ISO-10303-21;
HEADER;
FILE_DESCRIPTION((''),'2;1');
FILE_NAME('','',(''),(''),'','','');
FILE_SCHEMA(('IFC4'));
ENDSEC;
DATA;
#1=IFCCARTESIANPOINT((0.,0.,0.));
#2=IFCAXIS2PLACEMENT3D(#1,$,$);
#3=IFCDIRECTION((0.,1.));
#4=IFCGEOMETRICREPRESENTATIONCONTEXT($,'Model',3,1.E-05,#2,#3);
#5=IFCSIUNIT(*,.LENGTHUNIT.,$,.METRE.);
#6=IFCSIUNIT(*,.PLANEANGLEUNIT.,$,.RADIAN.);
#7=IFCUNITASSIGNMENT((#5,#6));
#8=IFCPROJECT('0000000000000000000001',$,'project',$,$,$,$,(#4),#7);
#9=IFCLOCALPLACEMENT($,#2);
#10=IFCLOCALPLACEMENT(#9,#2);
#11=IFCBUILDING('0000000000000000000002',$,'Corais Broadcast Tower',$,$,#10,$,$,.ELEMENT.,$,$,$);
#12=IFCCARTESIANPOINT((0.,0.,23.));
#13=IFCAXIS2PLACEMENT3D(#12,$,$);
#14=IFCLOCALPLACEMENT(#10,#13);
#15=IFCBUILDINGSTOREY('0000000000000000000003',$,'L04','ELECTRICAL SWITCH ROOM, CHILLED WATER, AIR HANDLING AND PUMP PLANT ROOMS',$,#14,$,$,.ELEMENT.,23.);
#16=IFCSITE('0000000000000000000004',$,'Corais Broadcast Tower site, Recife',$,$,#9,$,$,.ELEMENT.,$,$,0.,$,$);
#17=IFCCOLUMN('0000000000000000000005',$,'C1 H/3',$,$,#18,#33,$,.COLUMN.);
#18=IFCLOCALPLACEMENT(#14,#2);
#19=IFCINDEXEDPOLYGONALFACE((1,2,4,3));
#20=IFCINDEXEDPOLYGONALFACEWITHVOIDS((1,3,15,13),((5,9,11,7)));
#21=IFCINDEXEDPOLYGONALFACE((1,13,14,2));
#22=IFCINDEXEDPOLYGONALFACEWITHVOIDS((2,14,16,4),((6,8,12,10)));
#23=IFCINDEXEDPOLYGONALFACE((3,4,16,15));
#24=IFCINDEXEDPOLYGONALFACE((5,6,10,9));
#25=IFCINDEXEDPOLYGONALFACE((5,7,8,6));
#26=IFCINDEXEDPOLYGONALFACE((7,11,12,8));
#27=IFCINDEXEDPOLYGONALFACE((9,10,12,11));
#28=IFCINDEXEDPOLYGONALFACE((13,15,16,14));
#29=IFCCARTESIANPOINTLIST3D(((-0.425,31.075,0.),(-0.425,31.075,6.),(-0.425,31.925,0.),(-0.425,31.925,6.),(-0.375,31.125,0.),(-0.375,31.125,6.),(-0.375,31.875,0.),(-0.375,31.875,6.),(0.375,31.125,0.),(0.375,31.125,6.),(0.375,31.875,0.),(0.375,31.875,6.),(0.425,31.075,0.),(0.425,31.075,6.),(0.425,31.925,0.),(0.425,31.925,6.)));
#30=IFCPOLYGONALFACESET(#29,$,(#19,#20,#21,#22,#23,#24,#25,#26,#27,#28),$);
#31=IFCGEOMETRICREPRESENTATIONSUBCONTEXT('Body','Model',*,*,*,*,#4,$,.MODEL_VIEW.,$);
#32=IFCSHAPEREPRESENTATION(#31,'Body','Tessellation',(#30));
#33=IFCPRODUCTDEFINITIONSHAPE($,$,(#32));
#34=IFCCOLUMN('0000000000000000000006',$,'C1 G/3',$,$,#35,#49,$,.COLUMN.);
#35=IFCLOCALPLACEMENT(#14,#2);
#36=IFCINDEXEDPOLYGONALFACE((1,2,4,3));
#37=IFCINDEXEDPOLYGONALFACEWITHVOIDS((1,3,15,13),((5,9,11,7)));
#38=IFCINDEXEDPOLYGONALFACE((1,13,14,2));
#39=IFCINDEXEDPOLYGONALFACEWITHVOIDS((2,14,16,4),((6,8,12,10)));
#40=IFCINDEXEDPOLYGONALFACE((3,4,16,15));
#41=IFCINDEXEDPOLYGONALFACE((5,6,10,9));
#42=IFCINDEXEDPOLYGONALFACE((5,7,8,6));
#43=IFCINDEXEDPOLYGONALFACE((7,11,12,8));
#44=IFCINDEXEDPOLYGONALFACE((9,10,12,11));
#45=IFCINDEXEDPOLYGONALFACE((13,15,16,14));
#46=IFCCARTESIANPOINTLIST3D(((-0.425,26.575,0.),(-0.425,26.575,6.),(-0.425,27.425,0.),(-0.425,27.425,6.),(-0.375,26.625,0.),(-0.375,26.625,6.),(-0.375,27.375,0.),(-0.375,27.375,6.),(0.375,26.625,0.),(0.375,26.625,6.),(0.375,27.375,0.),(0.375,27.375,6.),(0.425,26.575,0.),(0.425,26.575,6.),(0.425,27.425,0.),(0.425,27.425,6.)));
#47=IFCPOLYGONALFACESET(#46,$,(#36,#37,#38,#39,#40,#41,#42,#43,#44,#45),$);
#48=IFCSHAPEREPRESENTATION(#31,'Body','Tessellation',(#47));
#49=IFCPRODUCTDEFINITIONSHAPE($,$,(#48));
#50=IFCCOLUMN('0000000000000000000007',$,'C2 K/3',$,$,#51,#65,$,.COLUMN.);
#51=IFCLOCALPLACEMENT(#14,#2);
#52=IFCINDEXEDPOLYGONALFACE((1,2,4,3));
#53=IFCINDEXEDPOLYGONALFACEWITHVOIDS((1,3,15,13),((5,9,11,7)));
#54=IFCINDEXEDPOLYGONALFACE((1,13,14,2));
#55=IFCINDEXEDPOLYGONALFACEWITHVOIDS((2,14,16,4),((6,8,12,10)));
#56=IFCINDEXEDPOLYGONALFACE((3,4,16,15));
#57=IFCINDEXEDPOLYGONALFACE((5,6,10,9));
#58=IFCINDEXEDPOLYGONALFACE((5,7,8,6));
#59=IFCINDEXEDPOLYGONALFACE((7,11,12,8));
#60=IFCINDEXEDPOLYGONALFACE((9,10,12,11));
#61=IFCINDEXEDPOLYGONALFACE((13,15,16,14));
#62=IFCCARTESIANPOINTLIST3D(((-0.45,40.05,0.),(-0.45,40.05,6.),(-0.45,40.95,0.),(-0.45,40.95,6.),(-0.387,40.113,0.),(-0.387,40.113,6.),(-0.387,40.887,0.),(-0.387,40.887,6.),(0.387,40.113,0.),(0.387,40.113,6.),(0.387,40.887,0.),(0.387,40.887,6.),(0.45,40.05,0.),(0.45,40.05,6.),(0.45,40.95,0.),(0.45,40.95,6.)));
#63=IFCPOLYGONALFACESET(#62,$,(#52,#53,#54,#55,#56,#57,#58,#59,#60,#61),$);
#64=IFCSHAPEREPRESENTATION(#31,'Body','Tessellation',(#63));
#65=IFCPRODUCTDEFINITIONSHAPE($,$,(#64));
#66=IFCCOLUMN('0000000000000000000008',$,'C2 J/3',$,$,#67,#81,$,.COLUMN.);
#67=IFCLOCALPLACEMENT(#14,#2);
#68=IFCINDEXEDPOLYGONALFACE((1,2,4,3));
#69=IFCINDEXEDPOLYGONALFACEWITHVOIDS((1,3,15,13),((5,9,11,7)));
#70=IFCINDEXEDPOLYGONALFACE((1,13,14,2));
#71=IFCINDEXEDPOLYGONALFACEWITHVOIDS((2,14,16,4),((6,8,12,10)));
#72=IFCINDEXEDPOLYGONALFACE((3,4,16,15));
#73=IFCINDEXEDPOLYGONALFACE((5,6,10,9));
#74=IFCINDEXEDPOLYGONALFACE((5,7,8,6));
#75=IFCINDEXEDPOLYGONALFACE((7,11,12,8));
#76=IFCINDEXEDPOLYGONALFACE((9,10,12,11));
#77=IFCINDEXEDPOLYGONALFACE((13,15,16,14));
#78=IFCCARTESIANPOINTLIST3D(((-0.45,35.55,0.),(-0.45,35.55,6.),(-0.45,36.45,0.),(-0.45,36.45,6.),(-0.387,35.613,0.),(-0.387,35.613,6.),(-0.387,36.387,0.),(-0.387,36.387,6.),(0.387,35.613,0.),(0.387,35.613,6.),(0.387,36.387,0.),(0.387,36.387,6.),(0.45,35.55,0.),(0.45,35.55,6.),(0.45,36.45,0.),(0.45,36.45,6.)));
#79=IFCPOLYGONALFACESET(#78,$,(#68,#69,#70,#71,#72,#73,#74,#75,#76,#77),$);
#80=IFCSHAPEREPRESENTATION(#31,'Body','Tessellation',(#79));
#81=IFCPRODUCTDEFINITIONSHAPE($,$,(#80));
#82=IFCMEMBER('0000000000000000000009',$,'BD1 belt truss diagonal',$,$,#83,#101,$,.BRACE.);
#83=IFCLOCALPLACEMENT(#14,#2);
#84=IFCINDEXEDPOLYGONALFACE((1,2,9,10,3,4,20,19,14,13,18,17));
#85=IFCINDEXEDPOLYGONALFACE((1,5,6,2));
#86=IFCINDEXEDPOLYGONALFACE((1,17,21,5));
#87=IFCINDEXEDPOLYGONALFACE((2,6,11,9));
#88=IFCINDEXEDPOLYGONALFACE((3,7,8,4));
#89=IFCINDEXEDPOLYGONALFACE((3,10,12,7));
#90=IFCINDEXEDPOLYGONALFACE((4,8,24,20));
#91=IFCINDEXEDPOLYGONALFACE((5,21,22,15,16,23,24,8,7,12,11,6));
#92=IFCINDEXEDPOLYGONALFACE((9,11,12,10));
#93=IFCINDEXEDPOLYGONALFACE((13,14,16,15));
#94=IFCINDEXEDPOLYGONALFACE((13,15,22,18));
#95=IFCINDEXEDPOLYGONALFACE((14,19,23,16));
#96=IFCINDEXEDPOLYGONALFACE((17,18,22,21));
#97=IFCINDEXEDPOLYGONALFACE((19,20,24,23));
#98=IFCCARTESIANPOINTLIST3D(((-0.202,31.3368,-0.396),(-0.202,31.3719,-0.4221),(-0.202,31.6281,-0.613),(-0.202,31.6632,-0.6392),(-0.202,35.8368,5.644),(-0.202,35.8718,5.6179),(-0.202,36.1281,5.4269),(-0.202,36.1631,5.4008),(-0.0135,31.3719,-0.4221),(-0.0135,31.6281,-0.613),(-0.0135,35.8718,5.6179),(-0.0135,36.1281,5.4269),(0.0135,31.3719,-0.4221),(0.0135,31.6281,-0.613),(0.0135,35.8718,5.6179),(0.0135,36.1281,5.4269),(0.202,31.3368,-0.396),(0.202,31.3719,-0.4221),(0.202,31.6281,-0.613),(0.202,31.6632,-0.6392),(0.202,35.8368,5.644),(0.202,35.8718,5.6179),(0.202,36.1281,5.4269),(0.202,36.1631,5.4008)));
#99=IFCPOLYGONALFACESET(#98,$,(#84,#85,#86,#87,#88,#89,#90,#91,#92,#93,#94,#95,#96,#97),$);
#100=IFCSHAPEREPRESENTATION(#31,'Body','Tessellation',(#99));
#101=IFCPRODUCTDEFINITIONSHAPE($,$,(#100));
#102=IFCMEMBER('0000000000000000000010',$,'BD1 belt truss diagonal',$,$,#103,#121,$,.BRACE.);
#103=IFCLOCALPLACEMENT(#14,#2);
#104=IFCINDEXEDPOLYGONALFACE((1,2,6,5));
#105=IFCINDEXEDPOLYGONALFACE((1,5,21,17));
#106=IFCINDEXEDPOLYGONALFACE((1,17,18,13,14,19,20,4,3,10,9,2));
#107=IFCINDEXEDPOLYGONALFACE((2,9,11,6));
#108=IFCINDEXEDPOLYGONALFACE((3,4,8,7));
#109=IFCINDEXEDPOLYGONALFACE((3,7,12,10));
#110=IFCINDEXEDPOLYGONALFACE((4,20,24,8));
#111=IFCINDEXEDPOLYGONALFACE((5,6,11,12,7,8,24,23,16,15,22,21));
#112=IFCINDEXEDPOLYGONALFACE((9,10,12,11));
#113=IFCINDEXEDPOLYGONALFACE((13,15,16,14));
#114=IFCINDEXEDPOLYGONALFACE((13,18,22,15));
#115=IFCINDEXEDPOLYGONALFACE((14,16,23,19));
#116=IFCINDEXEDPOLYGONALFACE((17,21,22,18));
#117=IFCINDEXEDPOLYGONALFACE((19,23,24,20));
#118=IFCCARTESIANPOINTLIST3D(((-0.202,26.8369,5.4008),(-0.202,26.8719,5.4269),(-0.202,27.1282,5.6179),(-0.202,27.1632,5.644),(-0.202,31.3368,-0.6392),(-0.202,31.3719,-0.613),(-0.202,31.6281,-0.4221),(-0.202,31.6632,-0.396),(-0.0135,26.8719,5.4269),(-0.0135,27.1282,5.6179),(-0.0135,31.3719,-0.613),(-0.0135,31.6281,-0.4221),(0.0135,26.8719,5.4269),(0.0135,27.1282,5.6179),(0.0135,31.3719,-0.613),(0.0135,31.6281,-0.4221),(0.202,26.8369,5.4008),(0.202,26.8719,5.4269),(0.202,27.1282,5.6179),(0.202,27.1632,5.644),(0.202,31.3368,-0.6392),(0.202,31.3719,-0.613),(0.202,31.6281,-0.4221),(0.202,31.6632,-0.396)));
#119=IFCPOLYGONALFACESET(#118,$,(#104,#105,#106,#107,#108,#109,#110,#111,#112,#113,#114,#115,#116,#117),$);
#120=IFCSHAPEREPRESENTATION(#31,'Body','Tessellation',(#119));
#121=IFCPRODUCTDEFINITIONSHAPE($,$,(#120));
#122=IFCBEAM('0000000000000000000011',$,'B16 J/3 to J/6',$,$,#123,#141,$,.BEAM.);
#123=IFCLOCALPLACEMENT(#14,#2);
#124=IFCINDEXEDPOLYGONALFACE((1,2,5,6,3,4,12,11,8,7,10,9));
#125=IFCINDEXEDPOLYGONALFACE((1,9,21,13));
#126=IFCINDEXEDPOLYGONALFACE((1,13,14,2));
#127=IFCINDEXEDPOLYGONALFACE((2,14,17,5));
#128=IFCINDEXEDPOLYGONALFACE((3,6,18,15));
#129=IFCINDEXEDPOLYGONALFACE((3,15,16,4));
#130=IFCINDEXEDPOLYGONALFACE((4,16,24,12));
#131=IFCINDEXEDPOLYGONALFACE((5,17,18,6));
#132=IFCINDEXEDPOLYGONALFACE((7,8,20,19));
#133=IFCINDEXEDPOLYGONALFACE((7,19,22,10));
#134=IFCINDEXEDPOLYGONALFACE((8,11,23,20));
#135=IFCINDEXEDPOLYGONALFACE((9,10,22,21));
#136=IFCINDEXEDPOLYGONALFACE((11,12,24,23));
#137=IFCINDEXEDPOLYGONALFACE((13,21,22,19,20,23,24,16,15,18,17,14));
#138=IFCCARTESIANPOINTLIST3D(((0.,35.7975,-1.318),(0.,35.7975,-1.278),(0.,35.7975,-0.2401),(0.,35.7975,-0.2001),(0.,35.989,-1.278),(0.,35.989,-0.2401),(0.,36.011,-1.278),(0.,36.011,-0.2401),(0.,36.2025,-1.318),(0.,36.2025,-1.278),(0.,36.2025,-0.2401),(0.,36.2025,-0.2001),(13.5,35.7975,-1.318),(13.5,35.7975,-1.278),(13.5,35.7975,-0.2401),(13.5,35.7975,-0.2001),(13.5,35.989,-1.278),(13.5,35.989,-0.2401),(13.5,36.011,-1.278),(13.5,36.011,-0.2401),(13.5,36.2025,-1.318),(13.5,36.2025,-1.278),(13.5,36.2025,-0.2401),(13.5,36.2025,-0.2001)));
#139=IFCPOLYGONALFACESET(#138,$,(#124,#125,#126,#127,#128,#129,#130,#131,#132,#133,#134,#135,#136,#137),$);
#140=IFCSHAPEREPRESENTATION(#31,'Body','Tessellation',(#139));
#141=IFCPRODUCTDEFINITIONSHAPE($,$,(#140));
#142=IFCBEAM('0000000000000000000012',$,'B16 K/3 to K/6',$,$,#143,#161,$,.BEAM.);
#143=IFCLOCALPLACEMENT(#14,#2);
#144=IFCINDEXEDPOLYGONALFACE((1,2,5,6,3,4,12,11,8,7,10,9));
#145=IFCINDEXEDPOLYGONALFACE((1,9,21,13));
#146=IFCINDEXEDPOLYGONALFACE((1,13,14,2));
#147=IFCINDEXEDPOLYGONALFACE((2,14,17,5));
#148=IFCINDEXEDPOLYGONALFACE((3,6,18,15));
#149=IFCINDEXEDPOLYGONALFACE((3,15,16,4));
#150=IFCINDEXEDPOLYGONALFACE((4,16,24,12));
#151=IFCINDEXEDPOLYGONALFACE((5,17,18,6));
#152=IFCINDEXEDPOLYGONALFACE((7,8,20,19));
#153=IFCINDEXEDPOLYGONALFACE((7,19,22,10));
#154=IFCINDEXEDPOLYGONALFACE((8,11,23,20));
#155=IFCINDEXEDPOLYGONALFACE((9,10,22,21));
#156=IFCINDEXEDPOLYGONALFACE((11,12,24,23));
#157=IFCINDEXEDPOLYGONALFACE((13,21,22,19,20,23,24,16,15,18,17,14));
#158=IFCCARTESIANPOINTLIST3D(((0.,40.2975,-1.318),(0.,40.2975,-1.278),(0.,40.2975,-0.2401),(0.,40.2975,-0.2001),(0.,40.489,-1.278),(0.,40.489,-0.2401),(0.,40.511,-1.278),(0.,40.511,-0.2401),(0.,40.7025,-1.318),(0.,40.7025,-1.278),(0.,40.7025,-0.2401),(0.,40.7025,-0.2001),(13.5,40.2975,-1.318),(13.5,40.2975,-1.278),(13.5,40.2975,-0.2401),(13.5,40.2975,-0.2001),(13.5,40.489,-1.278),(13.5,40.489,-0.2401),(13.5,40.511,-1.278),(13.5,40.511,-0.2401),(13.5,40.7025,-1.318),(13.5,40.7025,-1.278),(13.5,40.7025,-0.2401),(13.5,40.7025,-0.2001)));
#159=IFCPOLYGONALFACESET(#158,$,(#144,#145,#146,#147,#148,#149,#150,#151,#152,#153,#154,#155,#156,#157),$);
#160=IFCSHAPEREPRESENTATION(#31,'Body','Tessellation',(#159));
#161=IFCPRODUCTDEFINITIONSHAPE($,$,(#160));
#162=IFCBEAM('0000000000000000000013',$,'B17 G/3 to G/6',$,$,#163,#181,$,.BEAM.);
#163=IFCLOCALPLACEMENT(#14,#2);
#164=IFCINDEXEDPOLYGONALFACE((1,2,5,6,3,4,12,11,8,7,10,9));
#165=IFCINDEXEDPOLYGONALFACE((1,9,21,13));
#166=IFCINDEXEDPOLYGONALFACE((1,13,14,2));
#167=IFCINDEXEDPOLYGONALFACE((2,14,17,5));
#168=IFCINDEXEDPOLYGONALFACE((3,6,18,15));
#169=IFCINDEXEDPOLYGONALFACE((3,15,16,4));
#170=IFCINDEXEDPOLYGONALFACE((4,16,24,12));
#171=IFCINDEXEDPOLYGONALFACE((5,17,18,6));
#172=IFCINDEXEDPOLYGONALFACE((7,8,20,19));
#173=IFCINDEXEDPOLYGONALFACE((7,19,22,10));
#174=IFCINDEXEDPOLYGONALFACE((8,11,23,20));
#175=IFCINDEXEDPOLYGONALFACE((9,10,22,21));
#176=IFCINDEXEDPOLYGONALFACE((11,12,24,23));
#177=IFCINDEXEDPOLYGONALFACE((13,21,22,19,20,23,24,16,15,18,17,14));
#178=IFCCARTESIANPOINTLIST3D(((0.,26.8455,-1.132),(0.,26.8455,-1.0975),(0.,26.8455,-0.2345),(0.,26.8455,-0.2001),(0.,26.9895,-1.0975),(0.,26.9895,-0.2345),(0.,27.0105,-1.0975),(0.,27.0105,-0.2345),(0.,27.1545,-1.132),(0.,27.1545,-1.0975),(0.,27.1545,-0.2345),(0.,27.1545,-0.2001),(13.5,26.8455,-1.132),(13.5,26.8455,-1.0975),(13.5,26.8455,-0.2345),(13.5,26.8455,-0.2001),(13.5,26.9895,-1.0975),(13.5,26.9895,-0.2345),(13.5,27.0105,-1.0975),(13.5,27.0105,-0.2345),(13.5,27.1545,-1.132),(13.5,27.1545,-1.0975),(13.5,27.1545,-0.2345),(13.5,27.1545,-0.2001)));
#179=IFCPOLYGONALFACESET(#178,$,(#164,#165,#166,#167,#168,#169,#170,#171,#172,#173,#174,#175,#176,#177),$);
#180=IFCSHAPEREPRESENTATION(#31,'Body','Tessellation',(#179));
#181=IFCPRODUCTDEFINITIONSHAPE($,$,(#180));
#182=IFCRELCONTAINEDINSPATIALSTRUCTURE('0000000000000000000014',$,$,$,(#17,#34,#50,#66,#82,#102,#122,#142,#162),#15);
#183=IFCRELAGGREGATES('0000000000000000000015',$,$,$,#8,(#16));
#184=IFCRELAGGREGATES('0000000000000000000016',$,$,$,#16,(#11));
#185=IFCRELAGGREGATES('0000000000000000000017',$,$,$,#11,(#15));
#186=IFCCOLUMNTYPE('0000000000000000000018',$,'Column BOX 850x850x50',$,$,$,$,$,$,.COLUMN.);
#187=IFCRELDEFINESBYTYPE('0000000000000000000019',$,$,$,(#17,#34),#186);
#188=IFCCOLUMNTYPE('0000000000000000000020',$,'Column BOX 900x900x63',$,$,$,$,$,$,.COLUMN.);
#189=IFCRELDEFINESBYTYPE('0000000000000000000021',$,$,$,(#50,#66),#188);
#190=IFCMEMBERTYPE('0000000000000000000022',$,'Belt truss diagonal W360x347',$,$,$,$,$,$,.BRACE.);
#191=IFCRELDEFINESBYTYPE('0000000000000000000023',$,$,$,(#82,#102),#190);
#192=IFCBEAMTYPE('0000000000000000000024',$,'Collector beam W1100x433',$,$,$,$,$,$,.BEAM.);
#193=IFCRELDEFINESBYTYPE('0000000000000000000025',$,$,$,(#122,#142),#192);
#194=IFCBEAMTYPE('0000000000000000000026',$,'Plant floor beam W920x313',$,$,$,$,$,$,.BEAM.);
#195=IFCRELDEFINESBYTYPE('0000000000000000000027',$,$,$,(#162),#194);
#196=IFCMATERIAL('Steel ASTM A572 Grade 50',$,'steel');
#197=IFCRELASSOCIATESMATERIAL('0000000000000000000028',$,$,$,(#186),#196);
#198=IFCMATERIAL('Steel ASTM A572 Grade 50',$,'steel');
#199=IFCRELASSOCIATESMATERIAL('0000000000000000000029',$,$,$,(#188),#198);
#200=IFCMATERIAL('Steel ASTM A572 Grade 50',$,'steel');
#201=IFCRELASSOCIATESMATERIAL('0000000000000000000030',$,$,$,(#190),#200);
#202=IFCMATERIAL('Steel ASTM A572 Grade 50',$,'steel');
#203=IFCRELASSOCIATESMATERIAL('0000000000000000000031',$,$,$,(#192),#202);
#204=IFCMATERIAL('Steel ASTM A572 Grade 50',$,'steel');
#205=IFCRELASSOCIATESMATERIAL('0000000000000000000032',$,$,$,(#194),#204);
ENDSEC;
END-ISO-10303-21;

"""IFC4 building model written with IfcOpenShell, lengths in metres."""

from ifc_helpers import new_model, si_unit, direction, frame, origin, origin_2d, place, context, subcontext, project, spatial, hollow_rectangle, i_section, extrude, material, material_profile, profile_set, type_object, element, save


model = new_model("IFC4")

# Units and contexts
model_context = context("Model", 3, precision=1e-05, world=origin(), true_north=direction((0.0, 1.0)))
body_context = subcontext(model_context, "Body", "Model", "MODEL_VIEW")
ifc_project = project(units=[si_unit("LENGTHUNIT", "METRE"), si_unit("PLANEANGLEUNIT", "RADIAN")], contexts=[model_context])

# Site, building, storey
site_placement = place(None, origin())
site = spatial("IfcSite", under=ifc_project, at=site_placement, Name="Corais Broadcast Tower site, Recife", CompositionType="ELEMENT", RefElevation=0.0)
building_placement = place(site_placement, origin())
building = spatial("IfcBuilding", under=site, at=building_placement, Name="Corais Broadcast Tower", CompositionType="ELEMENT")
storey_placement = place(building_placement, frame((0.0, 0.0, 23.0)))
storey = spatial("IfcBuildingStorey", under=building, at=storey_placement, Name="L04", Description="ELECTRICAL SWITCH ROOM, CHILLED WATER, AIR HANDLING AND PUMP PLANT ROOMS", CompositionType="ELEMENT", Elevation=23.0)

# Columns
ifc_material_1 = material(Name="Steel ASTM A572 Grade 50", Category="steel")
ifc_material_profile_1 = material_profile(ifc_material_1, hollow_rectangle(XDim=0.8501, YDim=0.8501, WallThickness=0.05, at=origin_2d()), Name="BOX 850x850x50")
ifc_profile_set_1 = profile_set([ifc_material_profile_1], Name="Steel ASTM A572 Grade 50")
column_type_1 = type_object("IfcColumnType", Name="Column BOX 850x850x50", PredefinedType="COLUMN", material=ifc_profile_set_1)
for number, where, z_axis, x_axis, name in (
    (1, (0.0, 31.5, 0.0), (0.0, 0.0, 1.0), (1.0, 0.0, 0.0), "C1 H/3"),
    (2, (0.0, 27.0, 0.0), (0.0, 0.0, 1.0), (1.0, 0.0, 0.0), "C1 G/3"),
):
    element("IfcColumn", number, at=place(storey_placement, frame(where, z_axis=z_axis, x_axis=x_axis)), inside=storey, type_object=column_type_1, Name=name, PredefinedType="COLUMN", context=body_context, shape_type="SweptSolid", body=[
        extrude(hollow_rectangle(XDim=0.8501, YDim=0.8501, WallThickness=0.05, at=origin_2d()), origin(), (0.0, 0.0, 1.0), 6.0),
    ])
ifc_material_2 = material(Name="Steel ASTM A572 Grade 50", Category="steel")
ifc_material_profile_2 = material_profile(ifc_material_2, hollow_rectangle(XDim=0.8999, YDim=0.8999, WallThickness=0.063, at=origin_2d()), Name="BOX 900x900x63")
ifc_profile_set_2 = profile_set([ifc_material_profile_2], Name="Steel ASTM A572 Grade 50")
column_type_2 = type_object("IfcColumnType", Name="Column BOX 900x900x63", PredefinedType="COLUMN", material=ifc_profile_set_2)
for number, where, z_axis, x_axis, name in (
    (3, (0.0, 40.5, 0.0), (0.0, 0.0, 1.0), (1.0, 0.0, 0.0), "C2 K/3"),
    (4, (0.0, 36.0, 0.0), (0.0, 0.0, 1.0), (1.0, 0.0, 0.0), "C2 J/3"),
):
    element("IfcColumn", number, at=place(storey_placement, frame(where, z_axis=z_axis, x_axis=x_axis)), inside=storey, type_object=column_type_2, Name=name, PredefinedType="COLUMN", context=body_context, shape_type="SweptSolid", body=[
        extrude(hollow_rectangle(XDim=0.8999, YDim=0.8999, WallThickness=0.063, at=origin_2d()), origin(), (0.0, 0.0, 1.0), 6.0),
    ])

# Members
ifc_material_3 = material(Name="Steel ASTM A572 Grade 50", Category="steel")
ifc_material_profile_3 = material_profile(ifc_material_3, i_section(OverallWidth=0.4041, OverallDepth=0.407, WebThickness=0.0271, FlangeThickness=0.0437, at=origin_2d()), Name="W360x347")
ifc_profile_set_3 = profile_set([ifc_material_profile_3], Name="Steel ASTM A572 Grade 50")
member_type = type_object("IfcMemberType", Name="Belt truss diagonal W360x347", PredefinedType="BRACE", material=ifc_profile_set_3)
for number, where, z_axis, x_axis, name in (
    (5, (0.0, 31.5, -0.5176), (0.0, 0.597445, 0.80191), (-1.0, 0.0, 0.0), "BD1 belt truss diagonal"),
    (6, (0.0, 31.5, -0.5176), (0.0, -0.597445, 0.80191), (1.0, 0.0, 0.0), "BD1 belt truss diagonal"),
):
    element("IfcMember", number, at=place(storey_placement, frame(where, z_axis=z_axis, x_axis=x_axis)), inside=storey, type_object=member_type, Name=name, PredefinedType="BRACE", context=body_context, shape_type="SweptSolid", body=[
        extrude(i_section(OverallWidth=0.4041, OverallDepth=0.407, WebThickness=0.0271, FlangeThickness=0.0437, at=origin_2d()), origin(), (0.0, 0.0, 1.0), 7.532),
    ])

# Beams
ifc_material_4 = material(Name="Steel ASTM A572 Grade 50", Category="steel")
ifc_material_profile_4 = material_profile(ifc_material_4, i_section(OverallWidth=0.405, OverallDepth=1.1179, WebThickness=0.022, FlangeThickness=0.04, at=origin_2d()), Name="W1100x433")
ifc_profile_set_4 = profile_set([ifc_material_profile_4], Name="Steel ASTM A572 Grade 50")
beam_type_1 = type_object("IfcBeamType", Name="Collector beam W1100x433", PredefinedType="BEAM", material=ifc_profile_set_4)
for number, where, z_axis, x_axis, name in (
    (7, (0.0, 36.0, -0.759), (1.0, 0.0, 0.0), (0.0, 1.0, 0.0), "B16 J/3 to J/6"),
    (8, (0.0, 40.5, -0.759), (1.0, 0.0, 0.0), (0.0, 1.0, 0.0), "B16 K/3 to K/6"),
):
    element("IfcBeam", number, at=place(storey_placement, frame(where, z_axis=z_axis, x_axis=x_axis)), inside=storey, type_object=beam_type_1, Name=name, PredefinedType="BEAM", context=body_context, shape_type="SweptSolid", body=[
        extrude(i_section(OverallWidth=0.405, OverallDepth=1.1179, WebThickness=0.022, FlangeThickness=0.04, at=origin_2d()), origin(), (0.0, 0.0, 1.0), 13.5),
    ])
ifc_material_5 = material(Name="Steel ASTM A572 Grade 50", Category="steel")
ifc_material_profile_5 = material_profile(ifc_material_5, i_section(OverallWidth=0.3091, OverallDepth=0.9319, WebThickness=0.021, FlangeThickness=0.0344, at=origin_2d()), Name="W920x313")
ifc_profile_set_5 = profile_set([ifc_material_profile_5], Name="Steel ASTM A572 Grade 50")
beam_type_2 = type_object("IfcBeamType", Name="Plant floor beam W920x313", PredefinedType="BEAM", material=ifc_profile_set_5)
for number, where, z_axis, x_axis, name in (
    (9, (0.0, 27.0, -0.666), (1.0, 0.0, 0.0), (0.0, 1.0, 0.0), "B17 G/3 to G/6"),
):
    element("IfcBeam", number, at=place(storey_placement, frame(where, z_axis=z_axis, x_axis=x_axis)), inside=storey, type_object=beam_type_2, Name=name, PredefinedType="BEAM", context=body_context, shape_type="SweptSolid", body=[
        extrude(i_section(OverallWidth=0.3091, OverallDepth=0.9319, WebThickness=0.021, FlangeThickness=0.0344, at=origin_2d()), origin(), (0.0, 0.0, 1.0), 13.5),
    ])

save(model, "model.ifc")
